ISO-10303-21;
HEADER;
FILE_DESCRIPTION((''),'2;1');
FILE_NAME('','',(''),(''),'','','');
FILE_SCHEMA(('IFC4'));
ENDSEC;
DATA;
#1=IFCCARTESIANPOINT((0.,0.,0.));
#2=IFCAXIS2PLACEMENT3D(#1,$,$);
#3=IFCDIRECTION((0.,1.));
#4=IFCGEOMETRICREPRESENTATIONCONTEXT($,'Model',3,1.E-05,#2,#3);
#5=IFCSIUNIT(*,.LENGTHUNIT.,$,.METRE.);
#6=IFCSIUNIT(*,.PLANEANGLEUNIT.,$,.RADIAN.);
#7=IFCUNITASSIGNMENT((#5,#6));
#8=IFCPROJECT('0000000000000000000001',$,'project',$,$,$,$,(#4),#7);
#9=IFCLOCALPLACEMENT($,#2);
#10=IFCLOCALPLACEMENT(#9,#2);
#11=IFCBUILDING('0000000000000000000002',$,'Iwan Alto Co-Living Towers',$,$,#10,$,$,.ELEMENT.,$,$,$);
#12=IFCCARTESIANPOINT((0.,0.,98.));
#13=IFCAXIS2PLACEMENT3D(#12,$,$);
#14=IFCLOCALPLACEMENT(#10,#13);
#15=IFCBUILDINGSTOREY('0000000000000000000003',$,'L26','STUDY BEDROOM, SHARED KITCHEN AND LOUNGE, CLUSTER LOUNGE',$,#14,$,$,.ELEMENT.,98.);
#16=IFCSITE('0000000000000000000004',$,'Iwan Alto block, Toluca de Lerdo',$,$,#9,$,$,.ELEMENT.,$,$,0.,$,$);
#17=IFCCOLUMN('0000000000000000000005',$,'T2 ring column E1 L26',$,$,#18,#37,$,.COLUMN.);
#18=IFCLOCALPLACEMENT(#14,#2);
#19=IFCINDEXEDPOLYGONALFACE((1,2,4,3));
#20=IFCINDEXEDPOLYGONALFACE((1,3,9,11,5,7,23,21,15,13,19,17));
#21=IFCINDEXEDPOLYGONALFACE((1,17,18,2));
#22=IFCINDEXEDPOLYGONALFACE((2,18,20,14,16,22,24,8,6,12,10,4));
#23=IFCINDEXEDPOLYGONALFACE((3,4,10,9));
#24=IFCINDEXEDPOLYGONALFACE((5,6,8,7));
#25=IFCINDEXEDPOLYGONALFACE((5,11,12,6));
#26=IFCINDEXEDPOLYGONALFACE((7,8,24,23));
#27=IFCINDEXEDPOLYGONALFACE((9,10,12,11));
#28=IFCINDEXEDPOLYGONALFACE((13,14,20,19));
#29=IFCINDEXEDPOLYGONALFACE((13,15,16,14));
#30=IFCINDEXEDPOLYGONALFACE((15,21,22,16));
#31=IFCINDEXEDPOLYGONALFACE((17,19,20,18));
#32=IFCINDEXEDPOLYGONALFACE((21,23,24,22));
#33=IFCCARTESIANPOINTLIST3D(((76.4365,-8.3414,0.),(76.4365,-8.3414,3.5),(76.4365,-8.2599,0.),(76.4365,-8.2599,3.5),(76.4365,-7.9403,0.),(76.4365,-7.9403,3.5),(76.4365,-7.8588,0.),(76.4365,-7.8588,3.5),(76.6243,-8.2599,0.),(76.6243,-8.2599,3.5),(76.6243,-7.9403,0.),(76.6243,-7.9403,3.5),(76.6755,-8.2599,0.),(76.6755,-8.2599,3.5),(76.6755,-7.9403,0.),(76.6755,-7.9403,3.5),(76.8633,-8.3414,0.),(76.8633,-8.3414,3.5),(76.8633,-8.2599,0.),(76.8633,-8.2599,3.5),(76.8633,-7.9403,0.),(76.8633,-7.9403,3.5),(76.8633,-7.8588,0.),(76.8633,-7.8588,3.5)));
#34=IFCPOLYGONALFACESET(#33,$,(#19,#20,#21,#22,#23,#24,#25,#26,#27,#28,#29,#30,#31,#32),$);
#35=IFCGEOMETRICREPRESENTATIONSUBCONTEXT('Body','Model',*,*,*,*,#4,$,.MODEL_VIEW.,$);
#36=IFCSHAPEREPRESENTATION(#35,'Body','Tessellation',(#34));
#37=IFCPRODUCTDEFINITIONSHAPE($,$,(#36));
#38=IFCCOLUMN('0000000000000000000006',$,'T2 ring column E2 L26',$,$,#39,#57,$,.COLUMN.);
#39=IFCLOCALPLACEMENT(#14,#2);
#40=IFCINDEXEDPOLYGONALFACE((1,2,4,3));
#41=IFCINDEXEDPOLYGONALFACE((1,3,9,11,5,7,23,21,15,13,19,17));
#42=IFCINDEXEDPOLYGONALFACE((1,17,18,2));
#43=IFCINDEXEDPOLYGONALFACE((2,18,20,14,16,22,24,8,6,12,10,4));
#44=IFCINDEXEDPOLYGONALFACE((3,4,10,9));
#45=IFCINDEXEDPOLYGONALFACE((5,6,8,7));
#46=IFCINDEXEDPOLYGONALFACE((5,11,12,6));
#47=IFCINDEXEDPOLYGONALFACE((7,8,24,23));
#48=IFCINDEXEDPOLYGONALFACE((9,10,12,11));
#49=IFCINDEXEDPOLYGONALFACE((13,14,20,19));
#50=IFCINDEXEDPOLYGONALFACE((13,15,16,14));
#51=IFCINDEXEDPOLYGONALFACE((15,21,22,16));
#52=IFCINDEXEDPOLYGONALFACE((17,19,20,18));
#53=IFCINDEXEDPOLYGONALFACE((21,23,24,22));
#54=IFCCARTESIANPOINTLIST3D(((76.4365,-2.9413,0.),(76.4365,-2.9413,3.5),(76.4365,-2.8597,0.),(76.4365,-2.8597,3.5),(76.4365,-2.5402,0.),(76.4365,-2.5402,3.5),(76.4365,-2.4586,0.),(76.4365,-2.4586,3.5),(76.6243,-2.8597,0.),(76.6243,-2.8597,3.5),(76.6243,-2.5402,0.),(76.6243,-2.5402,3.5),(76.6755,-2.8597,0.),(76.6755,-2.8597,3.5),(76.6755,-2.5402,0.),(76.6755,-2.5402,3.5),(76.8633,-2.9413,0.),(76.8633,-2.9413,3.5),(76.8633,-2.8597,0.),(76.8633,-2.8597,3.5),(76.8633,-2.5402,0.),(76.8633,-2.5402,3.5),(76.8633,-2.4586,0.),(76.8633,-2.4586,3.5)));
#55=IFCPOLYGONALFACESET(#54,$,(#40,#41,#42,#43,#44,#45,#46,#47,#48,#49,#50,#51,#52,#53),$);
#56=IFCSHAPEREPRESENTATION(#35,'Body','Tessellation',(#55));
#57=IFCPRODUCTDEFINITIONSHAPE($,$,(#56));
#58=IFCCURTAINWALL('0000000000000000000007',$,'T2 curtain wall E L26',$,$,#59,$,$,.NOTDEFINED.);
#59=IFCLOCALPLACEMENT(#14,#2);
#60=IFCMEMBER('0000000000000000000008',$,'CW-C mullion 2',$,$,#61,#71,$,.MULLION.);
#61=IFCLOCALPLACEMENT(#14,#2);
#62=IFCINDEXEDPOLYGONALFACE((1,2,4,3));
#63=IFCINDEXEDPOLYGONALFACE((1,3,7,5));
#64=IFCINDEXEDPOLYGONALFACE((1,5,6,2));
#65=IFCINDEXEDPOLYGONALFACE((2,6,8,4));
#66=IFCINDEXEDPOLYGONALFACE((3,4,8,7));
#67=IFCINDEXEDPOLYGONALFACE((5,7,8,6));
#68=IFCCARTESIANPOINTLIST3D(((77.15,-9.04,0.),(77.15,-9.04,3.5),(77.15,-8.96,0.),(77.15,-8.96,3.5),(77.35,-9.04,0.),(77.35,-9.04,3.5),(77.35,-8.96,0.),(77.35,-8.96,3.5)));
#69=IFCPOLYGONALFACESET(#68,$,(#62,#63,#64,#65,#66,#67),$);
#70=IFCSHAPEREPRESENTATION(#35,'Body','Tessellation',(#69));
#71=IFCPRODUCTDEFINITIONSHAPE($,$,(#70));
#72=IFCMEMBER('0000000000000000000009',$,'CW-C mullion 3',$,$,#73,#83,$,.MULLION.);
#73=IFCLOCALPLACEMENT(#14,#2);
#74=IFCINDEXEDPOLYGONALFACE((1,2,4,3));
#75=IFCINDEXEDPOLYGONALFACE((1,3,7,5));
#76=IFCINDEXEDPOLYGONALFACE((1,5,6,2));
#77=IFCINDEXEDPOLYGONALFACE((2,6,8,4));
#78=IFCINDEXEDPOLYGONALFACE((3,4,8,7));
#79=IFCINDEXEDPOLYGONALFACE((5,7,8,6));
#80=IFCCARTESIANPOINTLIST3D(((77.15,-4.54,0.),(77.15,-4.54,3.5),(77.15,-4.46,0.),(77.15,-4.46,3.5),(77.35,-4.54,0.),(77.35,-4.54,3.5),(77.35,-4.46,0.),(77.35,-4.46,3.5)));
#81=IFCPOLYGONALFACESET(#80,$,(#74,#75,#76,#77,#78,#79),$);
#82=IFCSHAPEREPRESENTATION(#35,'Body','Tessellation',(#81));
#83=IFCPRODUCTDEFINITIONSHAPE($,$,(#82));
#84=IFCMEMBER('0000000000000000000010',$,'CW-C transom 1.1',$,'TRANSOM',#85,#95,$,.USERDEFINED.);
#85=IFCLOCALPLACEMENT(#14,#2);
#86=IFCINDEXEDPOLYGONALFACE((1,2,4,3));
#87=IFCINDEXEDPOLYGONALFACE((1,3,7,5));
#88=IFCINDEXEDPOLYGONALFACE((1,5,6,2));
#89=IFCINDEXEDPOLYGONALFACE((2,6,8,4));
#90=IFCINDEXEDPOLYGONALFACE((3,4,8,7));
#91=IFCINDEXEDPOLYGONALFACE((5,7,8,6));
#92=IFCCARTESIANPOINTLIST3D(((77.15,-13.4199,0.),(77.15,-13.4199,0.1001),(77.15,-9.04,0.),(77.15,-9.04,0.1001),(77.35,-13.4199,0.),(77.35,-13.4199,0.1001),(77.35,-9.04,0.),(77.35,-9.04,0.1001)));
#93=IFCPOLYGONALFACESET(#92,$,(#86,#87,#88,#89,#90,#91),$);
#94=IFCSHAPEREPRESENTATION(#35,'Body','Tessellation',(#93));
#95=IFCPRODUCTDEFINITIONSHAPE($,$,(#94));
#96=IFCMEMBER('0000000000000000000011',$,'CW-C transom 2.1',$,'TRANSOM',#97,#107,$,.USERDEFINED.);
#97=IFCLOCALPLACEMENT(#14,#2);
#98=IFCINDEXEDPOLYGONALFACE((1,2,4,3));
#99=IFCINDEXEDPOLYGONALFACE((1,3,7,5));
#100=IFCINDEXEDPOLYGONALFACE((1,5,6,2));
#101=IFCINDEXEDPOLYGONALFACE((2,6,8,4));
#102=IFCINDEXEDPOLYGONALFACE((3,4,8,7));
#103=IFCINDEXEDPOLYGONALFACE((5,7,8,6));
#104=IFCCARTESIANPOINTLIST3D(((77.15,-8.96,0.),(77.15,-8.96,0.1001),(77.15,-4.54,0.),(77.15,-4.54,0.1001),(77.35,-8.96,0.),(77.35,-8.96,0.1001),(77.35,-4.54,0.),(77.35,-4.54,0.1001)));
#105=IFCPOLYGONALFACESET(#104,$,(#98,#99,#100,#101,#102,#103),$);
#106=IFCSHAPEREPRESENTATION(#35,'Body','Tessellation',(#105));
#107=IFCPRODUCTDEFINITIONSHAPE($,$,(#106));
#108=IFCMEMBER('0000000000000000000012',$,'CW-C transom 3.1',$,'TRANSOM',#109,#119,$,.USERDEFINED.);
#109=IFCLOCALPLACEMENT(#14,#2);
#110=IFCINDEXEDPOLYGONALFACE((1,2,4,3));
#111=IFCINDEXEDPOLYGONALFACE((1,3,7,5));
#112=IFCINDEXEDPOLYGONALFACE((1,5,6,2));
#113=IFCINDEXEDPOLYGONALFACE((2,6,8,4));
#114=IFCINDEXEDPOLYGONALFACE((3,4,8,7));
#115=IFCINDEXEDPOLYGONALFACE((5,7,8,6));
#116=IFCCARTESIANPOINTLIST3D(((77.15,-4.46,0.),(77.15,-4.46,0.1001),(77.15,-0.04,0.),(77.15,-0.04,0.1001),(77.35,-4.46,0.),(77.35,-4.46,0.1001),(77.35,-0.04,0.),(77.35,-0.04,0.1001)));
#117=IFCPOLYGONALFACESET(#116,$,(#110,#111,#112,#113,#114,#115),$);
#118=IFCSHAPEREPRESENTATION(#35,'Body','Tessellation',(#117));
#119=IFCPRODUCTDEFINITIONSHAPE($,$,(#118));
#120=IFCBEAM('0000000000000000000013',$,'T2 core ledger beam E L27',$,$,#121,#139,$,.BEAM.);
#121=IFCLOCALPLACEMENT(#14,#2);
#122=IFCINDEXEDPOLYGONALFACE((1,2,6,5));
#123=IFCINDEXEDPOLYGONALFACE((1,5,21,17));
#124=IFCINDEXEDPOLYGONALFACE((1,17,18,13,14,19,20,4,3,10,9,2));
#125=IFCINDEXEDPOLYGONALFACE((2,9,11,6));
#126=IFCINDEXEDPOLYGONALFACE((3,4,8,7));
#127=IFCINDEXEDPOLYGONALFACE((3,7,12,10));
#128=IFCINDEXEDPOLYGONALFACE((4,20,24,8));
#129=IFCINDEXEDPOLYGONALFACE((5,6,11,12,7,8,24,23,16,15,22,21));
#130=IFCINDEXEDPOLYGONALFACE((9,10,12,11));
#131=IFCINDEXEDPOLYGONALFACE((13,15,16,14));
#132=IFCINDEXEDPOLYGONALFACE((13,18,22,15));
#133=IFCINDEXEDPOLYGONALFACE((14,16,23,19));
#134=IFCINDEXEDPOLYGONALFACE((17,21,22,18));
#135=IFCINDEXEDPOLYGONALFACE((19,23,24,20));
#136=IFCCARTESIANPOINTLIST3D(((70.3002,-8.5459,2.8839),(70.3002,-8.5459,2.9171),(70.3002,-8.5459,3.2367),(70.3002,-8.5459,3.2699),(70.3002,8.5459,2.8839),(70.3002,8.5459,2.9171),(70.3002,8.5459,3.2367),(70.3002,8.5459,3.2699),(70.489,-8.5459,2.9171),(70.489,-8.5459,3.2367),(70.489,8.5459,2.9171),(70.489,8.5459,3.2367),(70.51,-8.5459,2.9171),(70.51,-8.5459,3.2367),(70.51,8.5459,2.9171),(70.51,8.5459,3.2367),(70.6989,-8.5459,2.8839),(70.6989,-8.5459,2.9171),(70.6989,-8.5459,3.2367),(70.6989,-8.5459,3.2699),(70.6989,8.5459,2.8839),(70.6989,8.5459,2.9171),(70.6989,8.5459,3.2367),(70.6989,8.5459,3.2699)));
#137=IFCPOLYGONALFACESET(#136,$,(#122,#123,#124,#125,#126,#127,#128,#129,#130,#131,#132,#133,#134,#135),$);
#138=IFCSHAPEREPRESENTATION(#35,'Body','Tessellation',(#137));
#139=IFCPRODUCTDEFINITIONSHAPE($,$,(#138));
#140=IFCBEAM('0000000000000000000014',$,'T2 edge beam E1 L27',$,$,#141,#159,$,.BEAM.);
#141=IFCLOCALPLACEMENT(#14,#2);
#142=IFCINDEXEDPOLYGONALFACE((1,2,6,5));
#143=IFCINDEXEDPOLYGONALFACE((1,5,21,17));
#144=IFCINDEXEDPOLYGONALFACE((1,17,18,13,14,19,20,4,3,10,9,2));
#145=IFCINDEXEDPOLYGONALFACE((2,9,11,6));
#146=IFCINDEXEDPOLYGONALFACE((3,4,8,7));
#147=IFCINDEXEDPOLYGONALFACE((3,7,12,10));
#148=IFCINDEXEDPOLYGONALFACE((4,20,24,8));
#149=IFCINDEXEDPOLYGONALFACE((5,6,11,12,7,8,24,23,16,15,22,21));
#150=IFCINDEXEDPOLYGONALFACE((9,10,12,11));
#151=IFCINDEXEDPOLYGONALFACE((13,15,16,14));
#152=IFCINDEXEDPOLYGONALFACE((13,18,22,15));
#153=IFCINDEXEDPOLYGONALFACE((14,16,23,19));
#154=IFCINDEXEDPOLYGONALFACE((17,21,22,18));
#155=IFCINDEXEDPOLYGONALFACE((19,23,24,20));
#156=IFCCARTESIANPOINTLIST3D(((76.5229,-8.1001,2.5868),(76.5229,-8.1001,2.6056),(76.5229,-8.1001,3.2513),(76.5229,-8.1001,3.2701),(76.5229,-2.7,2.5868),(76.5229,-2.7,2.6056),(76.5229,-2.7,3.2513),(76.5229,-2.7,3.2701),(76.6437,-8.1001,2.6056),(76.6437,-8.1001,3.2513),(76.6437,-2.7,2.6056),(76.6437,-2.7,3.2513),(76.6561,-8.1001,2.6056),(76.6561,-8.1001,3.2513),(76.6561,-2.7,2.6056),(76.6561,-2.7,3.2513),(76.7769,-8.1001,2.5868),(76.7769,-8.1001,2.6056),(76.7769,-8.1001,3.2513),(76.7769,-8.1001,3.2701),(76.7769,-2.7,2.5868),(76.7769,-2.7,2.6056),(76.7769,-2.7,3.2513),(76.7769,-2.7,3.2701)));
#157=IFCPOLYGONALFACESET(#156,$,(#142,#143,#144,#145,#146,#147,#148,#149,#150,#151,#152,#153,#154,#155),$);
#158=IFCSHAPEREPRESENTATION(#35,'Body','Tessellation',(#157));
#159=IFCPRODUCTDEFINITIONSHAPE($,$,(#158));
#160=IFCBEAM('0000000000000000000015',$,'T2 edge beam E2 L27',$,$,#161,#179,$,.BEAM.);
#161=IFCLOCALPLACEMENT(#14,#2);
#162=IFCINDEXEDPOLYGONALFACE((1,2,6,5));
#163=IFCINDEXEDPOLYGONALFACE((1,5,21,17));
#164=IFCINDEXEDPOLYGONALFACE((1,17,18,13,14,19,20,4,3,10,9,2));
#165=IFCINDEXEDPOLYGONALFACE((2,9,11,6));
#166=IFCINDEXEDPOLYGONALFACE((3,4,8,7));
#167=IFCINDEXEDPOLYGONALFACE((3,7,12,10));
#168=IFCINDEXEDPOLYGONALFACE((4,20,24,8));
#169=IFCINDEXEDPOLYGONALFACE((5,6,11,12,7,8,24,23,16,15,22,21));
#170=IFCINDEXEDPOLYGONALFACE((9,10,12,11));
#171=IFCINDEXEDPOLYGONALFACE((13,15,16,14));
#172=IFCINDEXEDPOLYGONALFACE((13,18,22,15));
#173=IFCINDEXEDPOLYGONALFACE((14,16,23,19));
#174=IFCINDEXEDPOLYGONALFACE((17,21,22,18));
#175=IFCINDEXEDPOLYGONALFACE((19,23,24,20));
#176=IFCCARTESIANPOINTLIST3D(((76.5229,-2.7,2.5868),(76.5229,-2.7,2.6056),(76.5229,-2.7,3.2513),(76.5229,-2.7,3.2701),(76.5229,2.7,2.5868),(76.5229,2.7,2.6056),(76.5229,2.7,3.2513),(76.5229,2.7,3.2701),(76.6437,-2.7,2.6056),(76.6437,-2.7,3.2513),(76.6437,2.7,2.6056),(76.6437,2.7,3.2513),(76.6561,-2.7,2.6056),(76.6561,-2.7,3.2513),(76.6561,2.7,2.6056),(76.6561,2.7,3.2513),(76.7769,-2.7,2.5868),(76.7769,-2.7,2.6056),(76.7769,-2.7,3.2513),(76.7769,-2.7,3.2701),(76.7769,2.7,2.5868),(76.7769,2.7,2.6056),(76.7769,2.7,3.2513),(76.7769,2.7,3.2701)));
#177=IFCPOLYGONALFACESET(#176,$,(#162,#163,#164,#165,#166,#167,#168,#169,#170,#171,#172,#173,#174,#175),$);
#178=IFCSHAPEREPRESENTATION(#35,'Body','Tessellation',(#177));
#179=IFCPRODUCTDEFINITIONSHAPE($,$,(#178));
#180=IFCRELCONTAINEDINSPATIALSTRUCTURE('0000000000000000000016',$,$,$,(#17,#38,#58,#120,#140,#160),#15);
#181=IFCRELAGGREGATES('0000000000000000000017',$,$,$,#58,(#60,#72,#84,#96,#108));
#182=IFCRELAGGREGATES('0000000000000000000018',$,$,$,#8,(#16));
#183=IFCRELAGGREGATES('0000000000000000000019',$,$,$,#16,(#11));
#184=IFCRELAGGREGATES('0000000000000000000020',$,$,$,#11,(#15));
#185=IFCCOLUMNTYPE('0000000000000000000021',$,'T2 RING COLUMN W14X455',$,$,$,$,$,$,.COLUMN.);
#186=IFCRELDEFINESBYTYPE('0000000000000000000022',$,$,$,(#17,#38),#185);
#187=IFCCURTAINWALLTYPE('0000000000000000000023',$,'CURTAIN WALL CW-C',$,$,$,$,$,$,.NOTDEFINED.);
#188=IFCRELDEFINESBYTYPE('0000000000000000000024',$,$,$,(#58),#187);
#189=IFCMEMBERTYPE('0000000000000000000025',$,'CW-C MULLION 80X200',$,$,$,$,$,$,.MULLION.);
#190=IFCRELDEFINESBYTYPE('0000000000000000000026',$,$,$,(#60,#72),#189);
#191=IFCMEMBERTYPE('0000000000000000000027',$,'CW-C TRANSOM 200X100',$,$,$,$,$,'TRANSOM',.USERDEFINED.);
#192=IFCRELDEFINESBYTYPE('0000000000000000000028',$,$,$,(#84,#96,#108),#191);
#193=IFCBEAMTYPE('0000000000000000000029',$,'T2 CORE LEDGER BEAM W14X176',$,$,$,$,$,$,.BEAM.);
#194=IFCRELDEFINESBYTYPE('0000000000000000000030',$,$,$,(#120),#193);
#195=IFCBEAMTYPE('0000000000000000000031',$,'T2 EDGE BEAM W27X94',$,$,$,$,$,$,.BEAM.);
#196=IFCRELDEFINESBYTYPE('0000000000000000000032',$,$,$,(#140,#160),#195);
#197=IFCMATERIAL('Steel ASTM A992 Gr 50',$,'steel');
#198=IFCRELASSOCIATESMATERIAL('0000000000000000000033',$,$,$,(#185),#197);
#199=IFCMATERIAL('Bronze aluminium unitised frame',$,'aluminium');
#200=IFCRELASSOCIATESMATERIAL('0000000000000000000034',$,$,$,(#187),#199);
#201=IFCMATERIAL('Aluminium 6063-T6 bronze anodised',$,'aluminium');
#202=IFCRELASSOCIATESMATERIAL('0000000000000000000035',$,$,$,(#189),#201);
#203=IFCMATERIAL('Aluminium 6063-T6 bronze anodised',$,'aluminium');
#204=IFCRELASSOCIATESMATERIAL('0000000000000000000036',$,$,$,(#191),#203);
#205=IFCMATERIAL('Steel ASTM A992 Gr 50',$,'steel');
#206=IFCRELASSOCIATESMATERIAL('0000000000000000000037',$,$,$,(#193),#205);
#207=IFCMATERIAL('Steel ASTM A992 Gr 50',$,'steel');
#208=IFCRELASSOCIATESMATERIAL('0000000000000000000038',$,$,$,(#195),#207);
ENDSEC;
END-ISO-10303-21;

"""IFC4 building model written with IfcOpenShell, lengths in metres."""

from ifc_helpers import new_model, si_unit, direction, frame, origin, origin_2d, place, context, subcontext, project, spatial, rectangle, i_section, extrude, material, material_profile, profile_set, type_object, element, aggregate, save


model = new_model("IFC4")

# Units and contexts
model_context = context("Model", 3, precision=1e-05, world=origin(), true_north=direction((0.0, 1.0)))
body_context = subcontext(model_context, "Body", "Model", "MODEL_VIEW")
ifc_project = project(units=[si_unit("LENGTHUNIT", "METRE"), si_unit("PLANEANGLEUNIT", "RADIAN")], contexts=[model_context])

# Site, building, storey
site_placement = place(None, origin())
site = spatial("IfcSite", under=ifc_project, at=site_placement, Name="Iwan Alto block, Toluca de Lerdo", CompositionType="ELEMENT", RefElevation=0.0)
building_placement = place(site_placement, origin())
building = spatial("IfcBuilding", under=site, at=building_placement, Name="Iwan Alto Co-Living Towers", CompositionType="ELEMENT")
storey_placement = place(building_placement, frame((0.0, 0.0, 98.0)))
storey = spatial("IfcBuildingStorey", under=building, at=storey_placement, Name="L26", Description="STUDY BEDROOM, SHARED KITCHEN AND LOUNGE, CLUSTER LOUNGE", CompositionType="ELEMENT", Elevation=98.0)

# Columns
ifc_material_1 = material(Name="Steel ASTM A992 Gr 50", Category="steel")
ifc_material_profile_1 = material_profile(ifc_material_1, i_section(OverallWidth=0.4268, OverallDepth=0.4827, WebThickness=0.0513, FlangeThickness=0.0815, at=origin_2d()), Name="W14X455")
ifc_profile_set_1 = profile_set([ifc_material_profile_1], Name="Steel ASTM A992 Gr 50")
column_type = type_object("IfcColumnType", Name="T2 RING COLUMN W14X455", PredefinedType="COLUMN", material=ifc_profile_set_1)
for number, where, z_axis, x_axis, name in (
    (1, (76.6499, -8.1001, 0.0), (0.0, 0.0, 1.0), (1.0, 0.0, 0.0), "T2 ring column E1 L26"),
    (2, (76.6499, -2.7, 0.0), (0.0, 0.0, 1.0), (1.0, 0.0, 0.0), "T2 ring column E2 L26"),
):
    element("IfcColumn", number, at=place(storey_placement, frame(where, z_axis=z_axis, x_axis=x_axis)), inside=storey, type_object=column_type, Name=name, PredefinedType="COLUMN", context=body_context, shape_type="SweptSolid", body=[
        extrude(i_section(OverallWidth=0.4268, OverallDepth=0.4827, WebThickness=0.0513, FlangeThickness=0.0815, at=origin_2d()), origin(), (0.0, 0.0, 1.0), 3.5),
    ])

# Curtain wall, members
ifc_material_2 = material(Name="Bronze aluminium unitised frame", Category="aluminium")
curtain_wall_type = type_object("IfcCurtainWallType", Name="CURTAIN WALL CW-C", PredefinedType="NOTDEFINED", material=ifc_material_2)
curtain_wall_placement = place(storey_placement, origin())
curtain_wall = element("IfcCurtainWall", 3, at=curtain_wall_placement, inside=storey, type_object=curtain_wall_type, Name="T2 curtain wall E L26", PredefinedType="NOTDEFINED")
ifc_material_3 = material(Name="Aluminium 6063-T6 bronze anodised", Category="aluminium")
ifc_material_profile_2 = material_profile(ifc_material_3, rectangle(XDim=0.2, YDim=0.0801, at=origin_2d()), Name="AL 80X200")
ifc_profile_set_2 = profile_set([ifc_material_profile_2], Name="Aluminium 6063-T6 bronze anodised")
member_type_1 = type_object("IfcMemberType", Name="CW-C MULLION 80X200", PredefinedType="MULLION", material=ifc_profile_set_2)
member_1_placement = place(storey_placement, frame((77.25, -9.0, 0.0), z_axis=(0.0, 0.0, 1.0), x_axis=(-1.0, 0.0, 0.0)))
member_1 = element("IfcMember", 4, at=member_1_placement, type_object=member_type_1, Name="CW-C mullion 2", PredefinedType="MULLION", context=body_context, shape_type="SweptSolid", body=[
    extrude(rectangle(XDim=0.2, YDim=0.0801, at=origin_2d()), origin(), (0.0, 0.0, 1.0), 3.5),
])
member_2_placement = place(storey_placement, frame((77.25, -4.5, 0.0), z_axis=(0.0, 0.0, 1.0), x_axis=(-1.0, 0.0, 0.0)))
member_2 = element("IfcMember", 5, at=member_2_placement, type_object=member_type_1, Name="CW-C mullion 3", PredefinedType="MULLION", context=body_context, shape_type="SweptSolid", body=[
    extrude(rectangle(XDim=0.2, YDim=0.0801, at=origin_2d()), origin(), (0.0, 0.0, 1.0), 3.5),
])
ifc_material_4 = material(Name="Aluminium 6063-T6 bronze anodised", Category="aluminium")
ifc_material_profile_3 = material_profile(ifc_material_4, rectangle(XDim=0.2, YDim=0.1001, at=origin_2d()), Name="AL 200X100")
ifc_profile_set_3 = profile_set([ifc_material_profile_3], Name="Aluminium 6063-T6 bronze anodised")
member_type_2 = type_object("IfcMemberType", Name="CW-C TRANSOM 200X100", ElementType="TRANSOM", PredefinedType="USERDEFINED", material=ifc_profile_set_3)
member_3_placement = place(storey_placement, frame((77.25, -13.4199, 0.05), z_axis=(0.0, 1.0, 0.0), x_axis=(-1.0, 0.0, 0.0)))
member_3 = element("IfcMember", 6, at=member_3_placement, type_object=member_type_2, Name="CW-C transom 1.1", ObjectType="TRANSOM", PredefinedType="USERDEFINED", context=body_context, shape_type="SweptSolid", body=[
    extrude(rectangle(XDim=0.2, YDim=0.1001, at=origin_2d()), origin(), (0.0, 0.0, 1.0), 4.3799),
])
member_4_placement = place(storey_placement, frame((77.25, -8.96, 0.05), z_axis=(0.0, 1.0, 0.0), x_axis=(-1.0, 0.0, 0.0)))
member_4 = element("IfcMember", 7, at=member_4_placement, type_object=member_type_2, Name="CW-C transom 2.1", ObjectType="TRANSOM", PredefinedType="USERDEFINED", context=body_context, shape_type="SweptSolid", body=[
    extrude(rectangle(XDim=0.2, YDim=0.1001, at=origin_2d()), origin(), (0.0, 0.0, 1.0), 4.4199),
])
member_5_placement = place(storey_placement, frame((77.25, -4.46, 0.05), z_axis=(0.0, 1.0, 0.0), x_axis=(-1.0, 0.0, 0.0)))
member_5 = element("IfcMember", 8, at=member_5_placement, type_object=member_type_2, Name="CW-C transom 3.1", ObjectType="TRANSOM", PredefinedType="USERDEFINED", context=body_context, shape_type="SweptSolid", body=[
    extrude(rectangle(XDim=0.2, YDim=0.1001, at=origin_2d()), origin(), (0.0, 0.0, 1.0), 4.4199),
])

# Beams
ifc_material_5 = material(Name="Steel ASTM A992 Gr 50", Category="steel")
ifc_material_profile_4 = material_profile(ifc_material_5, i_section(OverallWidth=0.3987, OverallDepth=0.386, WebThickness=0.021, FlangeThickness=0.0332, at=origin_2d()), Name="W14X176")
ifc_profile_set_4 = profile_set([ifc_material_profile_4], Name="Steel ASTM A992 Gr 50")
beam_type_1 = type_object("IfcBeamType", Name="T2 CORE LEDGER BEAM W14X176", PredefinedType="BEAM", material=ifc_profile_set_4)
beam_1_placement = place(storey_placement, frame((70.4995, -8.5459, 3.0769), z_axis=(0.0, 1.0, 0.0), x_axis=(-1.0, 0.0, 0.0)))
element("IfcBeam", 9, at=beam_1_placement, inside=storey, type_object=beam_type_1, Name="T2 core ledger beam E L27", PredefinedType="BEAM", context=body_context, shape_type="SweptSolid", body=[
    extrude(i_section(OverallWidth=0.3987, OverallDepth=0.386, WebThickness=0.021, FlangeThickness=0.0332, at=origin_2d()), origin(), (0.0, 0.0, 1.0), 17.0918),
])
ifc_material_6 = material(Name="Steel ASTM A992 Gr 50", Category="steel")
ifc_material_profile_5 = material_profile(ifc_material_6, i_section(OverallWidth=0.2539, OverallDepth=0.6833, WebThickness=0.0125, FlangeThickness=0.0188, at=origin_2d()), Name="W27X94")
ifc_profile_set_5 = profile_set([ifc_material_profile_5], Name="Steel ASTM A992 Gr 50")
beam_type_2 = type_object("IfcBeamType", Name="T2 EDGE BEAM W27X94", PredefinedType="BEAM", material=ifc_profile_set_5)
beam_2_placement = place(storey_placement, frame((76.6499, -8.1001, 2.9285), z_axis=(0.0, 1.0, 0.0), x_axis=(-1.0, 0.0, 0.0)))
element("IfcBeam", 10, at=beam_2_placement, inside=storey, type_object=beam_type_2, Name="T2 edge beam E1 L27", PredefinedType="BEAM", context=body_context, shape_type="SweptSolid", body=[
    extrude(i_section(OverallWidth=0.2539, OverallDepth=0.6833, WebThickness=0.0125, FlangeThickness=0.0188, at=origin_2d()), origin(), (0.0, 0.0, 1.0), 5.4001),
])
beam_3_placement = place(storey_placement, frame((76.6499, -2.7, 2.9285), z_axis=(0.0, 1.0, 0.0), x_axis=(-1.0, 0.0, 0.0)))
element("IfcBeam", 11, at=beam_3_placement, inside=storey, type_object=beam_type_2, Name="T2 edge beam E2 L27", PredefinedType="BEAM", context=body_context, shape_type="SweptSolid", body=[
    extrude(i_section(OverallWidth=0.2539, OverallDepth=0.6833, WebThickness=0.0125, FlangeThickness=0.0188, at=origin_2d()), origin(), (0.0, 0.0, 1.0), 5.3999),
])

aggregate(curtain_wall, [member_1, member_2, member_3, member_4, member_5])

save(model, "model.ifc")
